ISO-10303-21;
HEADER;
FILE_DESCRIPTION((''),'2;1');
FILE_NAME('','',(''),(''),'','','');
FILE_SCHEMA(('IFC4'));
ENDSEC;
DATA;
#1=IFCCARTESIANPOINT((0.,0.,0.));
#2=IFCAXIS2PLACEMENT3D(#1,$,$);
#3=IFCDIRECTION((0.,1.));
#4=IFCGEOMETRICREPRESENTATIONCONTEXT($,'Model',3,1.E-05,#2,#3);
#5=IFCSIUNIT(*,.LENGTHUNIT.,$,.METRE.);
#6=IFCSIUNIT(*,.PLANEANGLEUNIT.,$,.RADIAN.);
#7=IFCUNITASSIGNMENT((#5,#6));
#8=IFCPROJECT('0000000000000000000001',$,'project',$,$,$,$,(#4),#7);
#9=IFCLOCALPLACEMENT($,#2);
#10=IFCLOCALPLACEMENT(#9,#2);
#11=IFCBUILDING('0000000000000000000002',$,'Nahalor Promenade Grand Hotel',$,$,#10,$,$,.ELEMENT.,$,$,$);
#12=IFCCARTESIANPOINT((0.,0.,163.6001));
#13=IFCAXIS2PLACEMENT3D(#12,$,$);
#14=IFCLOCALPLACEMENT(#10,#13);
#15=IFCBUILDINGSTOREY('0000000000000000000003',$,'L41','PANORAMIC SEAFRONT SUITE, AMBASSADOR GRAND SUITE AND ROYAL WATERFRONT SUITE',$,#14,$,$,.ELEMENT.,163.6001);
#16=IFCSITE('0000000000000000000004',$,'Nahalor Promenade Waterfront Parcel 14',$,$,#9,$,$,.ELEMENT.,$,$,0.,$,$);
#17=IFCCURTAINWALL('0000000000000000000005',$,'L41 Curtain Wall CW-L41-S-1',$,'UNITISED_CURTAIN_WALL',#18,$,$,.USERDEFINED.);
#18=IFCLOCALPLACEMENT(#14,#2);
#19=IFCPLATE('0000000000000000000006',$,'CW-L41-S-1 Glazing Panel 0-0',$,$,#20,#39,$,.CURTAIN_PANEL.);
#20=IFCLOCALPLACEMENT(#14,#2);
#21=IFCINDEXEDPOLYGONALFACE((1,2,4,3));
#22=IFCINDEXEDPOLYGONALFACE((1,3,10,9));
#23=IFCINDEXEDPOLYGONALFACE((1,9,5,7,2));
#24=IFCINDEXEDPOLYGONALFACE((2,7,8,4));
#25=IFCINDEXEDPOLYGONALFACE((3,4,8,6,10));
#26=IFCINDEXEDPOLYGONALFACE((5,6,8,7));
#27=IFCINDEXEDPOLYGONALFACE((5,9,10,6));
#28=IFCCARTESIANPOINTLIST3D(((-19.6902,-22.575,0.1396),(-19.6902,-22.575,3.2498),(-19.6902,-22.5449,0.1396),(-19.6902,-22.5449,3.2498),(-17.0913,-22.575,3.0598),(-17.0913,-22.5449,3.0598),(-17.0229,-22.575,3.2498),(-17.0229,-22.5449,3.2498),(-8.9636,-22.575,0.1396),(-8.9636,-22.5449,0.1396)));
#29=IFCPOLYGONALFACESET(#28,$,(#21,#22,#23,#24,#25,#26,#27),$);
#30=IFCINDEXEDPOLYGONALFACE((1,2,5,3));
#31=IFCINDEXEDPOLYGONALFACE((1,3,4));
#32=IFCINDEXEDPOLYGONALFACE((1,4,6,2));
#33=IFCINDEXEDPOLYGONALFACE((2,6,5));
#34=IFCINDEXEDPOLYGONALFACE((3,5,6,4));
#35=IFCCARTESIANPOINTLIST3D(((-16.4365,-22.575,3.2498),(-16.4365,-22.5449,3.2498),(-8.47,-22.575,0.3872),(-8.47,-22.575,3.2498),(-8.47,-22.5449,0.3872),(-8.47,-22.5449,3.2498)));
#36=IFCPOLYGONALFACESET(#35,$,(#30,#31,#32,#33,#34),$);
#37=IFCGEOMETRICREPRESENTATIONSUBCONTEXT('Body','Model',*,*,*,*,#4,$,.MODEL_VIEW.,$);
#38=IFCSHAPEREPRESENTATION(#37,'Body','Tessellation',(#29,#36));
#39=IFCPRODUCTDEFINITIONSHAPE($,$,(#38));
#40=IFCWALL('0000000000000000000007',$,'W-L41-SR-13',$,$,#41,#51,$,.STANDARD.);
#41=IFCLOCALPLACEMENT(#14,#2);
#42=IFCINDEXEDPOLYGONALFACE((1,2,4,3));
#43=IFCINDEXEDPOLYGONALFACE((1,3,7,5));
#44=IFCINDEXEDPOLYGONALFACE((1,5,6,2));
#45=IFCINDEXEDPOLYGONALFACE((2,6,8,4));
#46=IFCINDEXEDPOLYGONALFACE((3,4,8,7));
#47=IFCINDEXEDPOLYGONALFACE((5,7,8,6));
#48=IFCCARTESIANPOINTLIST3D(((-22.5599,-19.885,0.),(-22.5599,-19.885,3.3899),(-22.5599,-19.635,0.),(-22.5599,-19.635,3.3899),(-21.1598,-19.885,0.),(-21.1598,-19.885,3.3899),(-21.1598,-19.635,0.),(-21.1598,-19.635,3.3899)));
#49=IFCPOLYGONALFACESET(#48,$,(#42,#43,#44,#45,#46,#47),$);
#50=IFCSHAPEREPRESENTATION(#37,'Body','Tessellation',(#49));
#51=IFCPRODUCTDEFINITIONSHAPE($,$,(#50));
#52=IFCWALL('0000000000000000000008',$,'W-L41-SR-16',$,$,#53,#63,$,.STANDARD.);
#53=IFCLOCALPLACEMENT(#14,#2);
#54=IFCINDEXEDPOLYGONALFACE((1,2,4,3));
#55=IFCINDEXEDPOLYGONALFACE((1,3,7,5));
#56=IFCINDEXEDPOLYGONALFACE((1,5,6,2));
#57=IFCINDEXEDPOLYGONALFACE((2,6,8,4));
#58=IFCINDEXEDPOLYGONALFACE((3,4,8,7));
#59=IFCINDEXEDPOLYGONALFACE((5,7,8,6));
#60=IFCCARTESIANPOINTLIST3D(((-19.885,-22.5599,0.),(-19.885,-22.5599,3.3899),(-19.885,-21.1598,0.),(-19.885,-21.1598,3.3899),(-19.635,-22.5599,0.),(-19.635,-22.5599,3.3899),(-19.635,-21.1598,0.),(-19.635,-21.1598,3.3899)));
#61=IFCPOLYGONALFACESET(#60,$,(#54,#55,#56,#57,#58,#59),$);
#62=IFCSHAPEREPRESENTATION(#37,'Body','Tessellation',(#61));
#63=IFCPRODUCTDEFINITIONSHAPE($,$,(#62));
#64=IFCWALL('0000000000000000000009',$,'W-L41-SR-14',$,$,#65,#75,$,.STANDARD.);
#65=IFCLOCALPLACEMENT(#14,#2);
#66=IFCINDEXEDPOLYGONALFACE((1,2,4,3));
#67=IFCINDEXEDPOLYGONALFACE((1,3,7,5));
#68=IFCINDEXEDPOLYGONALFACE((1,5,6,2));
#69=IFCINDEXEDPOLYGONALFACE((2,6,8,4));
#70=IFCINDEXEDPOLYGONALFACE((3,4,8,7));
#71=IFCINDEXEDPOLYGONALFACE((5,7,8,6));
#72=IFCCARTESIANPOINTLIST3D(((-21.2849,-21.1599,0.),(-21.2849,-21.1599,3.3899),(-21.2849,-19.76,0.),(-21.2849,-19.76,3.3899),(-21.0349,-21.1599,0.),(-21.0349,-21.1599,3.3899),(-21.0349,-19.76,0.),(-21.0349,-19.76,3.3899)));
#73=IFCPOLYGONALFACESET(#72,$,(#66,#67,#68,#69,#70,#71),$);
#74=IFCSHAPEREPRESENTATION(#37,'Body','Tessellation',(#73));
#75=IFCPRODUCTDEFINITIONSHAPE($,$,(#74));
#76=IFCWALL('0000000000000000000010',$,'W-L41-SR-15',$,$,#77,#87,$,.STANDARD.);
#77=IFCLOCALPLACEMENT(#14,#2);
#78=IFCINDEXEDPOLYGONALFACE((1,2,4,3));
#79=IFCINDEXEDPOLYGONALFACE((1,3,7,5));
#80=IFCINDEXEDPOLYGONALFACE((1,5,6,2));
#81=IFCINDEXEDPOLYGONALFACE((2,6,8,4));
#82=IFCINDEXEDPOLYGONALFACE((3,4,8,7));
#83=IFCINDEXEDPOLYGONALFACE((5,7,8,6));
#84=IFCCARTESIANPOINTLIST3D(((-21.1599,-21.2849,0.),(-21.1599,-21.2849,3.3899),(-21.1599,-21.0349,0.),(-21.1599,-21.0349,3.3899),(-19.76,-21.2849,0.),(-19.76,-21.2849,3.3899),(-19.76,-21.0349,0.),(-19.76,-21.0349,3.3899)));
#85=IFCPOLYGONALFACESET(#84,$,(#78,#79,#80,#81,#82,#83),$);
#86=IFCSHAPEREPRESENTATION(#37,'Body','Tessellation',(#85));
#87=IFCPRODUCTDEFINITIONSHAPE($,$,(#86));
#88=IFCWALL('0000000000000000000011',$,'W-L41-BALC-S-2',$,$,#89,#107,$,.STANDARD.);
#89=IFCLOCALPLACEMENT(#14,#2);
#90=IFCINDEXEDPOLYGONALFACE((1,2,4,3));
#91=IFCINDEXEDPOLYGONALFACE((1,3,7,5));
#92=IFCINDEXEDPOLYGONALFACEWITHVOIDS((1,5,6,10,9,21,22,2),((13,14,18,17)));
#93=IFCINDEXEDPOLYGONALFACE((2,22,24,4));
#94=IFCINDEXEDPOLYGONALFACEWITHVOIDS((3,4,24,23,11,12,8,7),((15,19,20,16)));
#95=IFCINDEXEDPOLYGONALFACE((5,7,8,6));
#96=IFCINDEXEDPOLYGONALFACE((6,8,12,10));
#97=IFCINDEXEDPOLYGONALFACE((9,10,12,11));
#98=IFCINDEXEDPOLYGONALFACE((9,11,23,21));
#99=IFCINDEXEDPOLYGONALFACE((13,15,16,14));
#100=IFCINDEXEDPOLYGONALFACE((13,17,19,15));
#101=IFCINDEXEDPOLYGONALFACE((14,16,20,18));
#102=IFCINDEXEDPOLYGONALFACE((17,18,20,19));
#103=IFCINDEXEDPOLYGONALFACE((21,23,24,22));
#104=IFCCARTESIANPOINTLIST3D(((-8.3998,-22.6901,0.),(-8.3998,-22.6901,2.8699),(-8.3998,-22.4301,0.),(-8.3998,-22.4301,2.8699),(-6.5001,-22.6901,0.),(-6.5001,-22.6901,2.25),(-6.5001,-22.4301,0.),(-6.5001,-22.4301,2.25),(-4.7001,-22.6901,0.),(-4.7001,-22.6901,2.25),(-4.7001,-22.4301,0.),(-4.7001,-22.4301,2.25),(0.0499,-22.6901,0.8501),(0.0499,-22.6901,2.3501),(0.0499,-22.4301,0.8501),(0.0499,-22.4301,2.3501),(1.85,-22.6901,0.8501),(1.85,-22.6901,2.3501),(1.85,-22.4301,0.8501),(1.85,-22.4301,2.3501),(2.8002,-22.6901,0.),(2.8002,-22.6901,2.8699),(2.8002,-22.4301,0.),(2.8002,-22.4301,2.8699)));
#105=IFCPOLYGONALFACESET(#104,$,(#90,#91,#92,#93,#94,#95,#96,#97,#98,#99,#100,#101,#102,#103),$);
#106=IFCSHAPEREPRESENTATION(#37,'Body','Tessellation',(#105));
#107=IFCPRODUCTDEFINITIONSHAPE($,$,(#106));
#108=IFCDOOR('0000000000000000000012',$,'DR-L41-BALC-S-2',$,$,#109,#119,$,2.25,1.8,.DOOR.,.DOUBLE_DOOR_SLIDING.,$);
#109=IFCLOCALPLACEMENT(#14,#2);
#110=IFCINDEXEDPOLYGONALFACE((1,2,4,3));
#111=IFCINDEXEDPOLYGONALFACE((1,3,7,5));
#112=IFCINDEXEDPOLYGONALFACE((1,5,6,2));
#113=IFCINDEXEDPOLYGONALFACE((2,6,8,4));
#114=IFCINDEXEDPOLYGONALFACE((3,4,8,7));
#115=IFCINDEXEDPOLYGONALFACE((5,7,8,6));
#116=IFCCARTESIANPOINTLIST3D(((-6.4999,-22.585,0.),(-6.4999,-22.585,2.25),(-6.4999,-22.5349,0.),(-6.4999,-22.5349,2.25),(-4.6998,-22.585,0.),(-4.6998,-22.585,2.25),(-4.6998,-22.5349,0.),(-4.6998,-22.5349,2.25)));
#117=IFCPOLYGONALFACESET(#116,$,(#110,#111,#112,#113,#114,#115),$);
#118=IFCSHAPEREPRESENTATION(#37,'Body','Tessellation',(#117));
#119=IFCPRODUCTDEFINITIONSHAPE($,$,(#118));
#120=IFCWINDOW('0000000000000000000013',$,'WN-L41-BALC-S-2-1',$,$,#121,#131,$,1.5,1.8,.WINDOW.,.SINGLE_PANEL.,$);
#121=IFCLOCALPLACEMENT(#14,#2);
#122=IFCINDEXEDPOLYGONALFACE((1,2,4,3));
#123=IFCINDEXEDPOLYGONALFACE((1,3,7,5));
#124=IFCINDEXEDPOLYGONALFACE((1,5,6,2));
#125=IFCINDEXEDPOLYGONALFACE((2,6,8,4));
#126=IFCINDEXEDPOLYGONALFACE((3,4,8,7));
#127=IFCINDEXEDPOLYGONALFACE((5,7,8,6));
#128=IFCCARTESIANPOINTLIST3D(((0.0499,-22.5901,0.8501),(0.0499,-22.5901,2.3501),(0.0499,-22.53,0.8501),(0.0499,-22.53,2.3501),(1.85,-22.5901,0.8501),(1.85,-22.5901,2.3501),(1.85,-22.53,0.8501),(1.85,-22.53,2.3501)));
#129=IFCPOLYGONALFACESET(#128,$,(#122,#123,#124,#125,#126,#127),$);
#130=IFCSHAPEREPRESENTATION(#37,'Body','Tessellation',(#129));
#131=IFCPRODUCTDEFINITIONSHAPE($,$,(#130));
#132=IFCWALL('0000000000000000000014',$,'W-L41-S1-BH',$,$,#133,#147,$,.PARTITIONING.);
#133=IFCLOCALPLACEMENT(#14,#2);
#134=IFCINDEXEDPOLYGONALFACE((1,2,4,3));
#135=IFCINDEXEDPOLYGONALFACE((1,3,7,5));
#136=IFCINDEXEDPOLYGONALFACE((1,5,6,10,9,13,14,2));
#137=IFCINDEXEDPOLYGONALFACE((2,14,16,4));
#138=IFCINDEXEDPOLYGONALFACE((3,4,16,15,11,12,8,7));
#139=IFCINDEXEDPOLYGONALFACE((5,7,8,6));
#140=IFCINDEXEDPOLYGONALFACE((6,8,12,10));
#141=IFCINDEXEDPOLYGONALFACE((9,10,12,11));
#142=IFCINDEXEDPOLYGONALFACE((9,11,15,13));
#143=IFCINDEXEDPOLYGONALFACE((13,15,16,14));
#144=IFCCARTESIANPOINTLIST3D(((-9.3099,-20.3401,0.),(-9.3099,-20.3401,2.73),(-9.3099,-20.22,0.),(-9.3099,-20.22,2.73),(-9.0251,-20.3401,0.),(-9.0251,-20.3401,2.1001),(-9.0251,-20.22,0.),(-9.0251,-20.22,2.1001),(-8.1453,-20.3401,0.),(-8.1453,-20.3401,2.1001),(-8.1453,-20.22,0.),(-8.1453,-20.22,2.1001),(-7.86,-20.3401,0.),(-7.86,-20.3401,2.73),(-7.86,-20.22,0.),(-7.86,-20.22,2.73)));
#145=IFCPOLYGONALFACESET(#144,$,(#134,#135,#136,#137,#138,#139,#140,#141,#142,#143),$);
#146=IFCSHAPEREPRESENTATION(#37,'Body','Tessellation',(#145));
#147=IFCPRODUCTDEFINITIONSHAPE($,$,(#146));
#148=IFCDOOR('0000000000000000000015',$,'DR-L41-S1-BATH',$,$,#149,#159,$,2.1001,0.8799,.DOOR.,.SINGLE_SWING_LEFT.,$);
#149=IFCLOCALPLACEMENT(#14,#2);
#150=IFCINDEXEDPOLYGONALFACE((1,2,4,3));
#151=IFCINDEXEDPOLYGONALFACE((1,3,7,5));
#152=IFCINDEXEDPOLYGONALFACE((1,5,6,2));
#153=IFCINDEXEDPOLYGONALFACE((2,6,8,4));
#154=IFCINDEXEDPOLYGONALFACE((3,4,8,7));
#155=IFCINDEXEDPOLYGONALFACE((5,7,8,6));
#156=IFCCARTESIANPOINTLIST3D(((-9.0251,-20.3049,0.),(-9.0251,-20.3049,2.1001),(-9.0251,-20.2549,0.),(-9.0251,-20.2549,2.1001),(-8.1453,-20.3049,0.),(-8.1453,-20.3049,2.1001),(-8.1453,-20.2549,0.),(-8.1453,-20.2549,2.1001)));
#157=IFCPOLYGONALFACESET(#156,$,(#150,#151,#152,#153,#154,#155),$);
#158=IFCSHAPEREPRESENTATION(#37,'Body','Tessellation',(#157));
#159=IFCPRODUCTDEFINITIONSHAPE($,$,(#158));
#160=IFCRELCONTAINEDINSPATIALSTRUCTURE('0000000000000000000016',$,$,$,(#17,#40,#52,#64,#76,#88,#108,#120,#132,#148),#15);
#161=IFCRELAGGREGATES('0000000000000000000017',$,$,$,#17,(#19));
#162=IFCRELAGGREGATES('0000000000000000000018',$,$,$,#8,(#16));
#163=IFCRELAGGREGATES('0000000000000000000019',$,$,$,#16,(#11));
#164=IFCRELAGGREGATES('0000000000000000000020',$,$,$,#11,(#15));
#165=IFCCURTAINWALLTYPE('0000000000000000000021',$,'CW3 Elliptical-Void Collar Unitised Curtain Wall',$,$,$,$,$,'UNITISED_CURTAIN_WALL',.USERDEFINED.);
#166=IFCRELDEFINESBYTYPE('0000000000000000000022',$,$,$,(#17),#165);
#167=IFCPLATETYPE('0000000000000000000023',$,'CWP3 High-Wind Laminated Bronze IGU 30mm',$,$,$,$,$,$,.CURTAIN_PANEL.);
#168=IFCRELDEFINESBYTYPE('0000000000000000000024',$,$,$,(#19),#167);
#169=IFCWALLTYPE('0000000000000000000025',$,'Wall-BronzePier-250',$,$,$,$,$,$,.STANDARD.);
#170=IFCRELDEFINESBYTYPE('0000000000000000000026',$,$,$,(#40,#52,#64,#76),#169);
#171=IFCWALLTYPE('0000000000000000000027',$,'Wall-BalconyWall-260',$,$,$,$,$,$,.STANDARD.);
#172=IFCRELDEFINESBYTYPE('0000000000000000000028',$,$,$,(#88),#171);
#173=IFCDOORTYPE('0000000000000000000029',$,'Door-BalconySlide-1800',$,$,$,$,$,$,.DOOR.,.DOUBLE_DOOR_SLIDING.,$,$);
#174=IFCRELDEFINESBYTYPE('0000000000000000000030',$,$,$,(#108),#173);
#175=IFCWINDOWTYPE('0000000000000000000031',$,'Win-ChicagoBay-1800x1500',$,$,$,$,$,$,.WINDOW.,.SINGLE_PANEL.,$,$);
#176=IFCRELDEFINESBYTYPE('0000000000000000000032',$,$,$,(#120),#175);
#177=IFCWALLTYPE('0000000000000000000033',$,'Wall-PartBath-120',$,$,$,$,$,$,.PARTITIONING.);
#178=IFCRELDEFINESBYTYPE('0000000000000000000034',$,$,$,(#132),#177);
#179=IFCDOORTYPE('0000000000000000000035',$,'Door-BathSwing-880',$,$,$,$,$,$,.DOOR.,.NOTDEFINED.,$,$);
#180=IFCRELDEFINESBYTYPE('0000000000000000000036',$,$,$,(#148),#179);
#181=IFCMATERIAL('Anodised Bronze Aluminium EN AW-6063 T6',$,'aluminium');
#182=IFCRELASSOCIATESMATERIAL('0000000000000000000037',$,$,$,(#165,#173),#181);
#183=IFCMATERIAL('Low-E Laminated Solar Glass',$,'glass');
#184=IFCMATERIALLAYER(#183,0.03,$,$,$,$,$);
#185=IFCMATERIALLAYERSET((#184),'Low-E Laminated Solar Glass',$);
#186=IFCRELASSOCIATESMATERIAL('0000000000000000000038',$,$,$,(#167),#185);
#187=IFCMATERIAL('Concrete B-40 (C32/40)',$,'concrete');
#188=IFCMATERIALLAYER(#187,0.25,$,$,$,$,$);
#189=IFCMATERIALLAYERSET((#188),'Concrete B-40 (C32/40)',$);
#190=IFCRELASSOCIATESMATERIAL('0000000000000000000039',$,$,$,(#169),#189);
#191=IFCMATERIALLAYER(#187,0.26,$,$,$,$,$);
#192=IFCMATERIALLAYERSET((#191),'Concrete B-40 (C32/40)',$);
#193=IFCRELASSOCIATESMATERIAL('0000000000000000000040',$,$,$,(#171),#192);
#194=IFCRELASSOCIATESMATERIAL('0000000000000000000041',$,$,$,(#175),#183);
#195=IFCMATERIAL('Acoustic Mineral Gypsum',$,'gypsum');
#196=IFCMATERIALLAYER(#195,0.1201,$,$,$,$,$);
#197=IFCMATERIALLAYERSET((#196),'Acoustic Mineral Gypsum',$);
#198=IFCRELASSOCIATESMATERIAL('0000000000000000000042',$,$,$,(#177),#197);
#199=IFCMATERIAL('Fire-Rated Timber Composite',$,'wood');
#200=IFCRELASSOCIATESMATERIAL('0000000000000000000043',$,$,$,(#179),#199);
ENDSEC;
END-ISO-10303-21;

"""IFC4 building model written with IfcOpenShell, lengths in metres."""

from ifc_helpers import new_model, si_unit, direction, frame, frame_2d, origin, place, context, subcontext, project, spatial, polyline, rectangle, outline, extrude, source, transform, mapped, material, layer, layer_set, type_object, element, fill, aggregate, save


model = new_model("IFC4")

# Units and contexts
model_context = context("Model", 3, precision=1e-05, world=origin(), true_north=direction((0.0, 1.0)))
body_context = subcontext(model_context, "Body", "Model", "MODEL_VIEW")
ifc_project = project(units=[si_unit("LENGTHUNIT", "METRE"), si_unit("PLANEANGLEUNIT", "RADIAN")], contexts=[model_context])

# Site, building, storey
site_placement = place(None, origin())
site = spatial("IfcSite", under=ifc_project, at=site_placement, Name="Nahalor Promenade Waterfront Parcel 14", CompositionType="ELEMENT", RefElevation=0.0)
building_placement = place(site_placement, origin())
building = spatial("IfcBuilding", under=site, at=building_placement, Name="Nahalor Promenade Grand Hotel", CompositionType="ELEMENT")
storey_placement = place(building_placement, frame((0.0, 0.0, 163.6001)))
storey = spatial("IfcBuildingStorey", under=building, at=storey_placement, Name="L41", Description="PANORAMIC SEAFRONT SUITE, AMBASSADOR GRAND SUITE AND ROYAL WATERFRONT SUITE", CompositionType="ELEMENT", Elevation=163.6001)

# Curtain wall
ifc_material_1 = material(Name="Anodised Bronze Aluminium EN AW-6063 T6", Category="aluminium")
curtain_wall_type = type_object("IfcCurtainWallType", Name="CW3 Elliptical-Void Collar Unitised Curtain Wall", ElementType="UNITISED_CURTAIN_WALL", PredefinedType="USERDEFINED", material=ifc_material_1)
curtain_wall_1_placement = place(storey_placement, origin())
curtain_wall_1 = element("IfcCurtainWall", 1, at=curtain_wall_1_placement, inside=storey, type_object=curtain_wall_type, Name="L41 Curtain Wall CW-L41-S-1", ObjectType="UNITISED_CURTAIN_WALL", PredefinedType="USERDEFINED")

# Plate
ifc_material_2 = material(Name="Low-E Laminated Solar Glass", Category="glass")
ifc_layer_1 = layer(ifc_material_2, 0.03)
ifc_layer_set_1 = layer_set([ifc_layer_1], Name="Low-E Laminated Solar Glass")
plate_type = type_object("IfcPlateType", Name="CWP3 High-Wind Laminated Bronze IGU 30mm", PredefinedType="CURTAIN_PANEL", material=ifc_layer_set_1)
plate_placement = place(storey_placement, frame((-14.0801, -22.5601, 0.1396), z_axis=(0.0, 0.0, 1.0), x_axis=(1.0, 0.0, 0.0)))
plate = element("IfcPlate", 2, at=plate_placement, type_object=plate_type, Name="CW-L41-S-1 Glazing Panel 0-0", PredefinedType="CURTAIN_PANEL", context=body_context, shape_type="SweptSolid", body=[
    extrude(outline(polyline([(-5.6101, 3.1101), (-5.6101, 0.0), (5.1165, 0.0), (-3.0112, 2.9202), (-2.9429, 3.1101), (-5.6101, 3.1101)])), frame((0.0, 0.0151, 0.0), z_axis=(0.0, -1.0, 0.0), x_axis=(1.0, 0.0, 0.0)), (0.0, 0.0, 1.0), 0.03),
    extrude(outline(polyline([(5.6101, 0.2476), (5.6101, 3.1101), (-2.3564, 3.1101), (5.6101, 0.2476)])), frame((0.0, 0.0151, 0.0), z_axis=(0.0, -1.0, 0.0), x_axis=(1.0, 0.0, 0.0)), (0.0, 0.0, 1.0), 0.03),
])
aggregate(curtain_wall_1, [plate])

# Walls
ifc_material_3 = material(Name="Concrete B-40 (C32/40)", Category="concrete")
ifc_layer_2 = layer(ifc_material_3, 0.25)
ifc_layer_set_2 = layer_set([ifc_layer_2], Name="Concrete B-40 (C32/40)")
wall_type_1 = type_object("IfcWallType", Name="Wall-BronzePier-250", PredefinedType="STANDARD", material=ifc_layer_set_2)
shared_shape_1 = source(origin(), body_context, "Body", "SweptSolid", [
    extrude(rectangle(XDim=1.4001, YDim=0.25, at=frame_2d((0.7002, 0.0))), origin(), (0.0, 0.0, 1.0), 3.3899),
])
for number, where, z_axis, x_axis, name in (
    (3, (-22.5601, -19.76, 0.0), (0.0, 0.0, 1.0), (1.0, 0.0, 0.0), "W-L41-SR-13"),
    (4, (-19.76, -22.5601, 0.0), (0.0, 0.0, 1.0), (0.0, 1.0, 0.0), "W-L41-SR-16"),
):
    element("IfcWall", number, at=place(storey_placement, frame(where, z_axis=z_axis, x_axis=x_axis)), inside=storey, type_object=wall_type_1, Name=name, PredefinedType="STANDARD", context=body_context, shape_type="MappedRepresentation", body=[
        mapped(shared_shape_1, transform((0.0, 0.0, 0.0), scale=1.0)),
    ])
shared_shape_2 = source(origin(), body_context, "Body", "SweptSolid", [
    extrude(rectangle(XDim=1.3999, YDim=0.25, at=frame_2d((0.7, 0.0))), origin(), (0.0, 0.0, 1.0), 3.3899),
])
for number, where, z_axis, x_axis, name in (
    (5, (-21.1599, -21.1599, 0.0), (0.0, 0.0, 1.0), (0.0, 1.0, 0.0), "W-L41-SR-14"),
    (6, (-21.1599, -21.1599, 0.0), (0.0, 0.0, 1.0), (1.0, 0.0, 0.0), "W-L41-SR-15"),
):
    element("IfcWall", number, at=place(storey_placement, frame(where, z_axis=z_axis, x_axis=x_axis)), inside=storey, type_object=wall_type_1, Name=name, PredefinedType="STANDARD", context=body_context, shape_type="MappedRepresentation", body=[
        mapped(shared_shape_2, transform((0.0, 0.0, 0.0), scale=1.0)),
    ])

# Wall, openings, door, window
ifc_layer_3 = layer(ifc_material_3, 0.26)
ifc_layer_set_3 = layer_set([ifc_layer_3], Name="Concrete B-40 (C32/40)")
wall_type_2 = type_object("IfcWallType", Name="Wall-BalconyWall-260", PredefinedType="STANDARD", material=ifc_layer_set_3)
shared_shape_3 = source(origin(), body_context, "Body", "SweptSolid", [
    extrude(rectangle(XDim=11.2, YDim=0.26, at=frame_2d((5.6001, 0.0))), origin(), (0.0, 0.0, 1.0), 2.8699),
])
wall_1_placement = place(storey_placement, frame((-8.3999, -22.5601, 0.0), z_axis=(0.0, 0.0, 1.0), x_axis=(1.0, 0.0, 0.0)))
wall_1 = element("IfcWall", 7, at=wall_1_placement, inside=storey, type_object=wall_type_2, Name="W-L41-BALC-S-2", PredefinedType="STANDARD", context=body_context, shape_type="MappedRepresentation", body=[
    mapped(shared_shape_3, transform((0.0, 0.0, 0.0), scale=1.0)),
])
opening_1_placement = place(wall_1_placement, frame((1.8999, 0.0, 0.0)))
opening_1 = element("IfcOpeningElement", 8, at=opening_1_placement, cuts=wall_1, PredefinedType="OPENING", context=body_context, shape_type="SweptSolid", body=[
    extrude(rectangle(XDim=1.8, YDim=2.25, at=frame_2d((0.8999, 1.125))), frame((0.0, 0.1399, 0.0), z_axis=(0.0, -1.0, 0.0), x_axis=(1.0, 0.0, 0.0)), (0.0, 0.0, 1.0), 0.28),
])
opening_2_placement = place(wall_1_placement, frame((8.45, 0.0, 0.8501)))
opening_2 = element("IfcOpeningElement", 9, at=opening_2_placement, cuts=wall_1, PredefinedType="OPENING", context=body_context, shape_type="SweptSolid", body=[
    extrude(rectangle(XDim=1.8, YDim=1.5, at=frame_2d((0.8999, 0.75))), frame((0.0, 0.1399, 0.0), z_axis=(0.0, -1.0, 0.0), x_axis=(1.0, 0.0, 0.0)), (0.0, 0.0, 1.0), 0.28),
])
door_type_1 = type_object("IfcDoorType", Name="Door-BalconySlide-1800", OperationType="DOUBLE_DOOR_SLIDING", PredefinedType="DOOR", material=ifc_material_1)
shared_shape_4 = source(origin(), body_context, "Body", "SweptSolid", [
    extrude(rectangle(XDim=1.8, YDim=2.25, at=frame_2d((0.8999, 1.125))), frame((0.0, 0.0249, 0.0), z_axis=(0.0, -1.0, 0.0), x_axis=(1.0, 0.0, 0.0)), (0.0, 0.0, 1.0), 0.05),
])
door_1_placement = place(opening_1_placement, frame((1.8, 0.0, 0.0), z_axis=(0.0, 0.0, 1.0), x_axis=(-1.0, 0.0, 0.0)))
door_1 = element("IfcDoor", 10, at=door_1_placement, inside=storey, type_object=door_type_1, Name="DR-L41-BALC-S-2", OperationType="DOUBLE_DOOR_SLIDING", OverallHeight=2.25, OverallWidth=1.8, PredefinedType="DOOR", context=body_context, shape_type="MappedRepresentation", body=[
    mapped(shared_shape_4, transform((0.0, 0.0, 0.0), scale=1.0)),
])
fill(opening_1, door_1)
window_type = type_object("IfcWindowType", Name="Win-ChicagoBay-1800x1500", PartitioningType="SINGLE_PANEL", PredefinedType="WINDOW", material=ifc_material_2)
shared_shape_5 = source(origin(), body_context, "Body", "SweptSolid", [
    extrude(rectangle(XDim=1.8, YDim=1.5, at=frame_2d((0.8999, 0.75))), frame((0.0, 0.03, 0.0), z_axis=(0.0, -1.0, 0.0), x_axis=(1.0, 0.0, 0.0)), (0.0, 0.0, 1.0), 0.0601),
])
window_placement = place(opening_2_placement, origin())
window = element("IfcWindow", 11, at=window_placement, inside=storey, type_object=window_type, Name="WN-L41-BALC-S-2-1", OverallHeight=1.5, OverallWidth=1.8, PartitioningType="SINGLE_PANEL", PredefinedType="WINDOW", context=body_context, shape_type="MappedRepresentation", body=[
    mapped(shared_shape_5, transform((0.0, 0.0, 0.0), scale=1.0)),
])
fill(opening_2, window)

# Wall, opening, door
ifc_material_4 = material(Name="Acoustic Mineral Gypsum", Category="gypsum")
ifc_layer_4 = layer(ifc_material_4, 0.1201)
ifc_layer_set_4 = layer_set([ifc_layer_4], Name="Acoustic Mineral Gypsum")
wall_type_3 = type_object("IfcWallType", Name="Wall-PartBath-120", PredefinedType="PARTITIONING", material=ifc_layer_set_4)
shared_shape_6 = source(origin(), body_context, "Body", "SweptSolid", [
    extrude(rectangle(XDim=1.45, YDim=0.1201, at=frame_2d((0.7251, 0.0))), origin(), (0.0, 0.0, 1.0), 2.73),
])
wall_2_placement = place(storey_placement, frame((-9.3101, -20.28, 0.0), z_axis=(0.0, 0.0, 1.0), x_axis=(1.0, 0.0, 0.0)))
wall_2 = element("IfcWall", 12, at=wall_2_placement, inside=storey, type_object=wall_type_3, Name="W-L41-S1-BH", PredefinedType="PARTITIONING", context=body_context, shape_type="MappedRepresentation", body=[
    mapped(shared_shape_6, transform((0.0, 0.0, 0.0), scale=1.0)),
])
opening_3_placement = place(wall_2_placement, frame((0.2849, 0.0, 0.0)))
opening_3 = element("IfcOpeningElement", 13, at=opening_3_placement, cuts=wall_2, PredefinedType="OPENING", context=body_context, shape_type="SweptSolid", body=[
    extrude(rectangle(XDim=0.8799, YDim=2.1001, at=frame_2d((0.4399, 1.05))), frame((0.0, 0.0701, 0.0), z_axis=(0.0, -1.0, 0.0), x_axis=(1.0, 0.0, 0.0)), (0.0, 0.0, 1.0), 0.1401),
])
ifc_material_5 = material(Name="Fire-Rated Timber Composite", Category="wood")
door_type_2 = type_object("IfcDoorType", Name="Door-BathSwing-880", OperationType="NOTDEFINED", PredefinedType="DOOR", material=ifc_material_5)
shared_shape_7 = source(origin(), body_context, "Body", "SweptSolid", [
    extrude(rectangle(XDim=0.8799, YDim=2.1001, at=frame_2d((0.4399, 1.05))), frame((0.0, 0.0249, 0.0), z_axis=(0.0, -1.0, 0.0), x_axis=(1.0, 0.0, 0.0)), (0.0, 0.0, 1.0), 0.05),
])
door_2_placement = place(opening_3_placement, frame((0.8799, 0.0, 0.0), z_axis=(0.0, 0.0, 1.0), x_axis=(-1.0, 0.0, 0.0)))
door_2 = element("IfcDoor", 14, at=door_2_placement, inside=storey, type_object=door_type_2, Name="DR-L41-S1-BATH", OperationType="SINGLE_SWING_LEFT", OverallHeight=2.1001, OverallWidth=0.8799, PredefinedType="DOOR", context=body_context, shape_type="MappedRepresentation", body=[
    mapped(shared_shape_7, transform((0.0, 0.0, 0.0), scale=1.0)),
])
fill(opening_3, door_2)

save(model, "model.ifc")
